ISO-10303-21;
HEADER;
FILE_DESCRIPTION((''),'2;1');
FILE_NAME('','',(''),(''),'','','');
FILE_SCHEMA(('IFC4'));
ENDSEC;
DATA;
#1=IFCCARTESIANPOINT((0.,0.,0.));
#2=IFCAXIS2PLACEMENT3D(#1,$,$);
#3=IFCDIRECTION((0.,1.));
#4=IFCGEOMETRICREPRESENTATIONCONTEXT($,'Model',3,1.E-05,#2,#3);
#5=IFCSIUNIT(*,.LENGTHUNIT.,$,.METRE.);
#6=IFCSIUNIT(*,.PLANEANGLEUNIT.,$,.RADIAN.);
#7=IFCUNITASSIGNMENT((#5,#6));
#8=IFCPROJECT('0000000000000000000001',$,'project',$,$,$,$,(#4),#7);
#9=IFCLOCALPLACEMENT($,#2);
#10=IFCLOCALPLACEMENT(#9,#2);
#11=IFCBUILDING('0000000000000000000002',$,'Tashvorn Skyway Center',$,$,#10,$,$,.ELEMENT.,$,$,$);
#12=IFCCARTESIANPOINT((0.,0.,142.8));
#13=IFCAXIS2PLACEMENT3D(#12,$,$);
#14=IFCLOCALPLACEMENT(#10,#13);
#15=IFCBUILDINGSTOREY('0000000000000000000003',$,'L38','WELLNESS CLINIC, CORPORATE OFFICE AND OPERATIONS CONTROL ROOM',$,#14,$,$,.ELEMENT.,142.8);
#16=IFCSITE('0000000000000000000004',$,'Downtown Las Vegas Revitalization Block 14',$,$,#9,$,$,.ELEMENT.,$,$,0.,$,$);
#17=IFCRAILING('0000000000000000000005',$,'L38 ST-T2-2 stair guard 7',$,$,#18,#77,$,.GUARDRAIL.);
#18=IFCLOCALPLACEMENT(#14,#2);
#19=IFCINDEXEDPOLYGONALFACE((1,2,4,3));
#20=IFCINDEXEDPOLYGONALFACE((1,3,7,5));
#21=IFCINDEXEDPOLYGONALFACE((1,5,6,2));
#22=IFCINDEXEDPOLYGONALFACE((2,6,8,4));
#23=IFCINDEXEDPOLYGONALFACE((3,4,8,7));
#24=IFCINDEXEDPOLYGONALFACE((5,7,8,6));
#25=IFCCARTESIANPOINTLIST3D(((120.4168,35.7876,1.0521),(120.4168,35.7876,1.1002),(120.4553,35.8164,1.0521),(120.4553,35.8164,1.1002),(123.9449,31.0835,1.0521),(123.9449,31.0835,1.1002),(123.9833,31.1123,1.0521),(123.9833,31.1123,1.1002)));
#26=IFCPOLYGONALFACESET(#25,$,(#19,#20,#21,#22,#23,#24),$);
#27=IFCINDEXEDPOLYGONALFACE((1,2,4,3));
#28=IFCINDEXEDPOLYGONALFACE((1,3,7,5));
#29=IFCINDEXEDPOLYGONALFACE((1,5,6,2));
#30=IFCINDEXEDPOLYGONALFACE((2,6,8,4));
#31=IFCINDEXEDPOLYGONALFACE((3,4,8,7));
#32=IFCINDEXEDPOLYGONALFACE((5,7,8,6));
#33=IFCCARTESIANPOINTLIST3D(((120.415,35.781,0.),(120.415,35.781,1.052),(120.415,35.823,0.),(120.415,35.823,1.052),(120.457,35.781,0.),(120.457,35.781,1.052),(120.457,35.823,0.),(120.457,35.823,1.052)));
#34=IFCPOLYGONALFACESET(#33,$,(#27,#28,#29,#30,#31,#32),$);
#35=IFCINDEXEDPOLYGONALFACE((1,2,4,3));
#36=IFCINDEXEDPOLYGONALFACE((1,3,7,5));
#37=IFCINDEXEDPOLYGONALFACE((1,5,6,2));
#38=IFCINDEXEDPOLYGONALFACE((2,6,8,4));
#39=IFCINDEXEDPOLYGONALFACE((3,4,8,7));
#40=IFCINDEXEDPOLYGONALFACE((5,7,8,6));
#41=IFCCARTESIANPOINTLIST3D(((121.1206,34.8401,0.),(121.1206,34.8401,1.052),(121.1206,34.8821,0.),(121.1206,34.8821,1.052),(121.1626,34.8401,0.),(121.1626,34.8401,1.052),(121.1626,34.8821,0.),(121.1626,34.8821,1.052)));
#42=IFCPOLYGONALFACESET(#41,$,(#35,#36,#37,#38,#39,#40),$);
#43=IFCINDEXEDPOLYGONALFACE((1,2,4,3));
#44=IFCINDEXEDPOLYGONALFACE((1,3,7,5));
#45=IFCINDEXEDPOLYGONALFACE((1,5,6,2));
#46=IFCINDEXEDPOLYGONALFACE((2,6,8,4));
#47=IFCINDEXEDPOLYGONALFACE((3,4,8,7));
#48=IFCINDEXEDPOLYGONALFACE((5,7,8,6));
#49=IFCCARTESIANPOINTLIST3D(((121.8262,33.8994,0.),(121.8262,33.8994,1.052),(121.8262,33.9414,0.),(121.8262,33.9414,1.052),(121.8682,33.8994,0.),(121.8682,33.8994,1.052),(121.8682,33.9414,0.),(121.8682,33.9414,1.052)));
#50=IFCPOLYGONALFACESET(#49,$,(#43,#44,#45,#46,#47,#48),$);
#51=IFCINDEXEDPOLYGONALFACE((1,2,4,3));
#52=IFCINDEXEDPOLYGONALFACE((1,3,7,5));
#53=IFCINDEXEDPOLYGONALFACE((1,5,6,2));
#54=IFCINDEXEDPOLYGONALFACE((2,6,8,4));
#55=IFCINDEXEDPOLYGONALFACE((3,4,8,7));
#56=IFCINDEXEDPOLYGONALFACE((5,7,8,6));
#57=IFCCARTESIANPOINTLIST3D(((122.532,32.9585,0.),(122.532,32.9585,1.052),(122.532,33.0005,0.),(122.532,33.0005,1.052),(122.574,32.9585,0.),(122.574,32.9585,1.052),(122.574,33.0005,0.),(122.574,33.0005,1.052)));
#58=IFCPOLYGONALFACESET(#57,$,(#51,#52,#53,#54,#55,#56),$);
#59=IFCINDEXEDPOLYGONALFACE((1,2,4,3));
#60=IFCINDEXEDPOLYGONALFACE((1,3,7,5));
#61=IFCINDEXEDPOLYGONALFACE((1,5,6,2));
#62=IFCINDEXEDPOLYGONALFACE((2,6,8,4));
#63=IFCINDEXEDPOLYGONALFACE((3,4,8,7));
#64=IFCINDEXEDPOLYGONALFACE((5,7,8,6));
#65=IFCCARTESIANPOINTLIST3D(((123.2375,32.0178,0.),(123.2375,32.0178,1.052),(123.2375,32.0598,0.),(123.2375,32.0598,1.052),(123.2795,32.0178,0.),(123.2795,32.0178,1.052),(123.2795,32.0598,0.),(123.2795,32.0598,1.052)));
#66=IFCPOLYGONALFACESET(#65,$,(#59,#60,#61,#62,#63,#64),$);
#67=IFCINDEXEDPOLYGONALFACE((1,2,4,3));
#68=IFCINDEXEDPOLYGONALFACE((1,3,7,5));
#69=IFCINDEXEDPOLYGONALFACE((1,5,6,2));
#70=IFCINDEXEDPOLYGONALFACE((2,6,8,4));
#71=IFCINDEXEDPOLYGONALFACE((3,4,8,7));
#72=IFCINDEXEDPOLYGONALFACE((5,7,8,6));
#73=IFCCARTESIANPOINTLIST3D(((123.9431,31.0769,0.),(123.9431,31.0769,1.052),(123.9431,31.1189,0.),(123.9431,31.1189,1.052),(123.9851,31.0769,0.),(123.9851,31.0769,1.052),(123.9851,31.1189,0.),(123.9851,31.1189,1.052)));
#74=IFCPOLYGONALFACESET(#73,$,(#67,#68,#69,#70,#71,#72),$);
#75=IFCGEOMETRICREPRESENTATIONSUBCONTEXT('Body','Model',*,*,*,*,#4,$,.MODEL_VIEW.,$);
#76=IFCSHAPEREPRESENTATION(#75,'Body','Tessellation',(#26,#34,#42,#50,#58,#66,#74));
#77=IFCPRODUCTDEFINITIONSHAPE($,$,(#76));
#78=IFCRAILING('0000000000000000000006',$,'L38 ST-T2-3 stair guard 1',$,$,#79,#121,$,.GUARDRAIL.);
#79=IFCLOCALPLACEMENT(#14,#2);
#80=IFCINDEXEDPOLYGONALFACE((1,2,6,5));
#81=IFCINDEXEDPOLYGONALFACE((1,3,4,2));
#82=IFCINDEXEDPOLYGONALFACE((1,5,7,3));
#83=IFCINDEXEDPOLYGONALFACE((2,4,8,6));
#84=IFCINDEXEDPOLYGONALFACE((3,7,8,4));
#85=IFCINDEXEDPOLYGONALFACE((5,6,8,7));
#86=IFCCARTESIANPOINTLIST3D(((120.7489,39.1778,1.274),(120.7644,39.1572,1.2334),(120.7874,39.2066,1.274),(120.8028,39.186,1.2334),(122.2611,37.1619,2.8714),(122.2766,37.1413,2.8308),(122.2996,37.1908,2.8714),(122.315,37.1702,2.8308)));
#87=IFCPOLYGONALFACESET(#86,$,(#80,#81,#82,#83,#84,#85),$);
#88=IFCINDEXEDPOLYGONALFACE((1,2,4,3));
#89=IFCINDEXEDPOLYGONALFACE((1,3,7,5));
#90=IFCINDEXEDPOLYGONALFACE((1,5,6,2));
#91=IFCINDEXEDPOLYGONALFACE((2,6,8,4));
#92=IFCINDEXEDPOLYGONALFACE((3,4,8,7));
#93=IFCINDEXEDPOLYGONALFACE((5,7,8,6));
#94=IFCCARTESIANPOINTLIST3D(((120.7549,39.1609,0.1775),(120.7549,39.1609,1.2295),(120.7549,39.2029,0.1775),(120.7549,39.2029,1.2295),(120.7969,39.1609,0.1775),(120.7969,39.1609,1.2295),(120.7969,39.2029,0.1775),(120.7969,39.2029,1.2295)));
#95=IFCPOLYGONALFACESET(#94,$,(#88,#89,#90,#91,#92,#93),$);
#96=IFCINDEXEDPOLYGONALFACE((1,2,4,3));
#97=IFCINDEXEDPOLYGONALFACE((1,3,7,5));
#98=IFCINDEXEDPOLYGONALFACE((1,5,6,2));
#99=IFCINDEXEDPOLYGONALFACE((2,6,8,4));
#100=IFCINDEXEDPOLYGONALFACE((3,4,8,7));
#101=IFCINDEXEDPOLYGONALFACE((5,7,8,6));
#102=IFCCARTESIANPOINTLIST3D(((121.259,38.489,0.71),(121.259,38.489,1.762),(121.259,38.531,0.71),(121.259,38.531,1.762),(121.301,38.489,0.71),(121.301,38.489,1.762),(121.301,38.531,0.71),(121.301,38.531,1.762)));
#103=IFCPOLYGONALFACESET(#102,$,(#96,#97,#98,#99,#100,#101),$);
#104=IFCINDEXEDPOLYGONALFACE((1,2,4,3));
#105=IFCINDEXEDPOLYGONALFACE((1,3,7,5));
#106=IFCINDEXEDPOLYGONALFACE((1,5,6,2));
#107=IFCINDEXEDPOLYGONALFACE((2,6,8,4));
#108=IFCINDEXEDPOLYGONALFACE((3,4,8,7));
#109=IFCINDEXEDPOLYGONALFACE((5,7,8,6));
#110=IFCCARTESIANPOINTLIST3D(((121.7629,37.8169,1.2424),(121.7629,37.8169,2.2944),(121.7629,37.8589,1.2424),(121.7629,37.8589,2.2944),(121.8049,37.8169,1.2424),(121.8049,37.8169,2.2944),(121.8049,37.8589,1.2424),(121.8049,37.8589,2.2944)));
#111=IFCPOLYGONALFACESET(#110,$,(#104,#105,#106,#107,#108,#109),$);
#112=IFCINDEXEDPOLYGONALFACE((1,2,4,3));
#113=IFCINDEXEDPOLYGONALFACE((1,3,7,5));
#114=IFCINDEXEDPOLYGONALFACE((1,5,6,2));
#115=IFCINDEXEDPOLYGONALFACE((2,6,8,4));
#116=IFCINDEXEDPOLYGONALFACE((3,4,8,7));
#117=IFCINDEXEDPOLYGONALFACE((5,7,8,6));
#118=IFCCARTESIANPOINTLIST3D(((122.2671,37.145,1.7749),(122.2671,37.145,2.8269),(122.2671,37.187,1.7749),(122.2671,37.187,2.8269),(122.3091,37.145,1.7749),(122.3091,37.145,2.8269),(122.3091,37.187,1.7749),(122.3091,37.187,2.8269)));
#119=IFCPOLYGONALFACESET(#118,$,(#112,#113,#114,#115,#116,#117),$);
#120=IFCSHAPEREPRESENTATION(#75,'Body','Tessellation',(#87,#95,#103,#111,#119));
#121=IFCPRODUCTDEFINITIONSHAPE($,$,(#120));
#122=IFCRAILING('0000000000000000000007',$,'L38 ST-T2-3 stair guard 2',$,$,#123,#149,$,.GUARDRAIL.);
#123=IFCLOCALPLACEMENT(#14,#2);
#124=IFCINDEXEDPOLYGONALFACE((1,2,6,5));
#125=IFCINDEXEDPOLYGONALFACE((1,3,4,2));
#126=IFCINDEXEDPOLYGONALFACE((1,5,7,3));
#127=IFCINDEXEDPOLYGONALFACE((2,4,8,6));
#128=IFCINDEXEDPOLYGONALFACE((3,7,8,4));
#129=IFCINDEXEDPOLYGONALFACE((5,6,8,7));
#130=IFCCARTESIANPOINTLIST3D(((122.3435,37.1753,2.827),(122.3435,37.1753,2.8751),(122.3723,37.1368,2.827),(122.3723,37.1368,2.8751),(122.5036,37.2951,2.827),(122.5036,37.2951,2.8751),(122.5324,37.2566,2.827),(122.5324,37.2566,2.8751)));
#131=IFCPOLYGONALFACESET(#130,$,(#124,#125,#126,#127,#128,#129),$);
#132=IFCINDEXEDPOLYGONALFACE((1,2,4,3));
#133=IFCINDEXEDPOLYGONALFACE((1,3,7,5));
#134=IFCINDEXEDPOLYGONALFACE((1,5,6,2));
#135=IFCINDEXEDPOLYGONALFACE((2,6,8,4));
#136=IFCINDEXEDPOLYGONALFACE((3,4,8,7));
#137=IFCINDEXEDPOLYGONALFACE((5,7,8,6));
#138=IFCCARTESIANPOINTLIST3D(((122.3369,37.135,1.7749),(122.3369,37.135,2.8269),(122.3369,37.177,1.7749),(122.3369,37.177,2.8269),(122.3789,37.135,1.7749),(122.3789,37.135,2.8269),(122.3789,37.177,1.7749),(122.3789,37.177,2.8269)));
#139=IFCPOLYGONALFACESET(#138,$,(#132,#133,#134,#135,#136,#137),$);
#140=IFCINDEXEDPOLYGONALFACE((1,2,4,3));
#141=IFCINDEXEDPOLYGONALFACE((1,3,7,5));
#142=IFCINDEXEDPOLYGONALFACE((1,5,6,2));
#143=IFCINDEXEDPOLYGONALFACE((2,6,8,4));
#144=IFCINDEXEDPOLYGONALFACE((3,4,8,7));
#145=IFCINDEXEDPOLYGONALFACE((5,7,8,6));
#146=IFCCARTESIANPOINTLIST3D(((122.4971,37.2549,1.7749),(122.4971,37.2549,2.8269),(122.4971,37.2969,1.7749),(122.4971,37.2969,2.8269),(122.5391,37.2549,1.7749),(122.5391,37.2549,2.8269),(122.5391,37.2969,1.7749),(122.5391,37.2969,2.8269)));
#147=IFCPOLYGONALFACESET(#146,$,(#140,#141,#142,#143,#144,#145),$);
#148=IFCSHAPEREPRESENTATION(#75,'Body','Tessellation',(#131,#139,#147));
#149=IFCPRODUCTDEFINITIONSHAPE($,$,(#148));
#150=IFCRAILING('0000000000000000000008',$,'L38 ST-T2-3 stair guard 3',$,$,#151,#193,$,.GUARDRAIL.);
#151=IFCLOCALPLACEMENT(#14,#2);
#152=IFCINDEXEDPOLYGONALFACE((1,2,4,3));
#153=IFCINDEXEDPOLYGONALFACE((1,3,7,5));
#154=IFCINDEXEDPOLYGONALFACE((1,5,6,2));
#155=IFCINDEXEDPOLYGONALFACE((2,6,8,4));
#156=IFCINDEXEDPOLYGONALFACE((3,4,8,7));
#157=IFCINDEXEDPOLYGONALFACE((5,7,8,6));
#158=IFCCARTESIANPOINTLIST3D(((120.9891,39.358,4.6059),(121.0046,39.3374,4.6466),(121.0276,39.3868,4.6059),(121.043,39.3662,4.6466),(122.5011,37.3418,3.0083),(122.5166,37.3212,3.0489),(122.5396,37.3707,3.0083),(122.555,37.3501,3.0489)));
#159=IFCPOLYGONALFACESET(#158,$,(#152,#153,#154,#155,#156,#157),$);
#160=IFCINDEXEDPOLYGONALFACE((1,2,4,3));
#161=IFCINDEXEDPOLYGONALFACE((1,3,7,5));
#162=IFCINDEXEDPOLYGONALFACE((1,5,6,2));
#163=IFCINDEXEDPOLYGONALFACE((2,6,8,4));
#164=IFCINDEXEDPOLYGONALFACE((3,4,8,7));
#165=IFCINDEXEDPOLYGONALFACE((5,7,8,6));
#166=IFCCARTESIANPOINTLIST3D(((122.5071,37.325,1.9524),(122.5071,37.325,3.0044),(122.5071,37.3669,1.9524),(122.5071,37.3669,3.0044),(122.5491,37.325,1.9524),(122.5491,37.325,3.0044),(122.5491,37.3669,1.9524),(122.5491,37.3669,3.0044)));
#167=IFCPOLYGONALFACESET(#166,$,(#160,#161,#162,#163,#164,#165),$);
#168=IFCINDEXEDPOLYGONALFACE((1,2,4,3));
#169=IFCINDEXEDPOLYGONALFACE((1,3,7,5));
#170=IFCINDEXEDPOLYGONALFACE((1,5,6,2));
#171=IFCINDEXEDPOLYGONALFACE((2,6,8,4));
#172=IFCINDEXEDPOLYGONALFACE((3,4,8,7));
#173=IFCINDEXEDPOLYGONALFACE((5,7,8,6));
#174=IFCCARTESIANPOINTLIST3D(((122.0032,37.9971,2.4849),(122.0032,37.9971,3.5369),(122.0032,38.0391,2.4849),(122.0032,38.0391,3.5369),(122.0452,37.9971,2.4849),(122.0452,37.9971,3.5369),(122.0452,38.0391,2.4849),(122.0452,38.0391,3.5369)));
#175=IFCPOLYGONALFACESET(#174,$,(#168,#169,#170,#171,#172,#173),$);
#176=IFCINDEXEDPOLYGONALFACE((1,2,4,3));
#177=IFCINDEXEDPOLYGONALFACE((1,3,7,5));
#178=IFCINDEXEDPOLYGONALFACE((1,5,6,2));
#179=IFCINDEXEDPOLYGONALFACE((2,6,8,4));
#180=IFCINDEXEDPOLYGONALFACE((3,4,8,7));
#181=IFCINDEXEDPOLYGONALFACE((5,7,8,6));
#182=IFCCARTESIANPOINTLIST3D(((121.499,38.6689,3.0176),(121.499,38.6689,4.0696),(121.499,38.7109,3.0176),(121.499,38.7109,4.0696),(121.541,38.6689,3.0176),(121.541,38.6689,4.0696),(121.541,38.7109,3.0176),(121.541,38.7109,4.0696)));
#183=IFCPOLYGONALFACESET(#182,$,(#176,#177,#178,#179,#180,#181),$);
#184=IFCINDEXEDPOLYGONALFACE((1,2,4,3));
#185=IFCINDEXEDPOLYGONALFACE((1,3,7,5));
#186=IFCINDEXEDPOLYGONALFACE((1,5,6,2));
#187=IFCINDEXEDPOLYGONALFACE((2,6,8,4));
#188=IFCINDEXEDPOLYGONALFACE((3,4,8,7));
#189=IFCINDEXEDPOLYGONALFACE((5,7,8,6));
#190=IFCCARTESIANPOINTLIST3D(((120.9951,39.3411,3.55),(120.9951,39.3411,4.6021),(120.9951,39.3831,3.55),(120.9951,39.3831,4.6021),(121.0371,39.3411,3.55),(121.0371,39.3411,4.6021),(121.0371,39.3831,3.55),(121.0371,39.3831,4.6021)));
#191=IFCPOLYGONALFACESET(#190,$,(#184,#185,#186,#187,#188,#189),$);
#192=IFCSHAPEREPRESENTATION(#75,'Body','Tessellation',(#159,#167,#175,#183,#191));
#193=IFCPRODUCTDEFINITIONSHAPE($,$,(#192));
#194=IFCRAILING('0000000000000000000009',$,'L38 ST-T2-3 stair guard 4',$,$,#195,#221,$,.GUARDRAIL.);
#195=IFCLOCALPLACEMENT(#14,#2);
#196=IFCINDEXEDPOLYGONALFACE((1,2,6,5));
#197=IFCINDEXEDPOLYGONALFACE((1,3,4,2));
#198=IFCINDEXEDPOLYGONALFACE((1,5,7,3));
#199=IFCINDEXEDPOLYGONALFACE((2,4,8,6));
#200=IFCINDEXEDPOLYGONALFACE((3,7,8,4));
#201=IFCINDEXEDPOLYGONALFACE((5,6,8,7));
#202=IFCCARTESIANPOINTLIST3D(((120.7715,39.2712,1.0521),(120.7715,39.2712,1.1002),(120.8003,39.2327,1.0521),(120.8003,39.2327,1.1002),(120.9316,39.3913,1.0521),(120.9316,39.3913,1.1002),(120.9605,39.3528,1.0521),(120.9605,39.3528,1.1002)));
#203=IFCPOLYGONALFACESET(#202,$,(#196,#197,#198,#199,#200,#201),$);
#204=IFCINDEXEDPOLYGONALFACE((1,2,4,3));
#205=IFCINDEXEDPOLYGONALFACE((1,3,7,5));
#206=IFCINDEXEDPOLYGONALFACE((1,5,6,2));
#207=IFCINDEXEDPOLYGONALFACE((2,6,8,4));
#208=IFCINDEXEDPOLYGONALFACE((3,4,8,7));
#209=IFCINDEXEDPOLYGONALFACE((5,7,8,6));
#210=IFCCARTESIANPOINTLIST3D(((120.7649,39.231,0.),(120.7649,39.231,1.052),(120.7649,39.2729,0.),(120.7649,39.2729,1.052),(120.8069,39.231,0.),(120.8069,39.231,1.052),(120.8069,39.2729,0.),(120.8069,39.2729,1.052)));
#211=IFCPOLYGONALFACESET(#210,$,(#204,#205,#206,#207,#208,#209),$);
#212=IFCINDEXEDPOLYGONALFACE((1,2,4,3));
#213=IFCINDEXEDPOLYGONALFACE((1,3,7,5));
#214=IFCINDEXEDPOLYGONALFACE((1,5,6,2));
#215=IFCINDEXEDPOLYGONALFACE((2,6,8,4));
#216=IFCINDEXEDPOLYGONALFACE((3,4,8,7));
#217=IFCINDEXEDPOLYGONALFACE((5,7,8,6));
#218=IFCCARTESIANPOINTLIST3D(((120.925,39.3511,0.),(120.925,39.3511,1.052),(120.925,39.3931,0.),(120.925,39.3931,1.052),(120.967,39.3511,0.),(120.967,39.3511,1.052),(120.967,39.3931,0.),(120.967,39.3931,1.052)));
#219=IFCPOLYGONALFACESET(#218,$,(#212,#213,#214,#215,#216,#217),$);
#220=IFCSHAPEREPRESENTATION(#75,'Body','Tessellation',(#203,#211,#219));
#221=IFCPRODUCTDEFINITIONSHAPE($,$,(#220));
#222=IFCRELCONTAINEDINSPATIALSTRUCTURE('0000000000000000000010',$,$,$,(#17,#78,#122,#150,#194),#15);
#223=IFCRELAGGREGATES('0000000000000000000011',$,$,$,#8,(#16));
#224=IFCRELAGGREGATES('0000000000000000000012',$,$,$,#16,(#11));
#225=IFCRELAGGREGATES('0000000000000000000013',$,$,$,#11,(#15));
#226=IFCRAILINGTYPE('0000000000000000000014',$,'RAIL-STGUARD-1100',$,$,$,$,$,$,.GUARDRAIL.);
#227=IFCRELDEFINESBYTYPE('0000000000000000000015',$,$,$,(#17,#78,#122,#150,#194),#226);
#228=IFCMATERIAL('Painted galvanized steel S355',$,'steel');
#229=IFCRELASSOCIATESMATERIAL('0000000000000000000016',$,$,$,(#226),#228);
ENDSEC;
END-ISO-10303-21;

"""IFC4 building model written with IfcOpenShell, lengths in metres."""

from ifc_helpers import new_model, si_unit, direction, frame, origin, origin_2d, place, context, subcontext, project, spatial, rectangle, extrude, material, type_object, element, save


model = new_model("IFC4")

# Units and contexts
model_context = context("Model", 3, precision=1e-05, world=origin(), true_north=direction((0.0, 1.0)))
body_context = subcontext(model_context, "Body", "Model", "MODEL_VIEW")
ifc_project = project(units=[si_unit("LENGTHUNIT", "METRE"), si_unit("PLANEANGLEUNIT", "RADIAN")], contexts=[model_context])

# Site, building, storey
site_placement = place(None, origin())
site = spatial("IfcSite", under=ifc_project, at=site_placement, Name="Downtown Las Vegas Revitalization Block 14", CompositionType="ELEMENT", RefElevation=0.0)
building_placement = place(site_placement, origin())
building = spatial("IfcBuilding", under=site, at=building_placement, Name="Tashvorn Skyway Center", CompositionType="ELEMENT")
storey_placement = place(building_placement, frame((0.0, 0.0, 142.8)))
storey = spatial("IfcBuildingStorey", under=building, at=storey_placement, Name="L38", Description="WELLNESS CLINIC, CORPORATE OFFICE AND OPERATIONS CONTROL ROOM", CompositionType="ELEMENT", Elevation=142.8)

# Railings
ifc_material_1 = material(Name="Painted galvanized steel S355", Category="steel")
railing_type_1 = type_object("IfcRailingType", Name="RAIL-STGUARD-1100", PredefinedType="GUARDRAIL", material=ifc_material_1)
railing_1_placement = place(storey_placement, frame((120.436, 35.802, 0.0)))
element("IfcRailing", 1, at=railing_1_placement, inside=storey, type_object=railing_type_1, Name="L38 ST-T2-2 stair guard 7", PredefinedType="GUARDRAIL", context=body_context, shape_type="SweptSolid", body=[
    extrude(rectangle(XDim=0.0481, YDim=0.0481, at=origin_2d()), frame((0.0, 0.0, 1.0762), z_axis=(0.6, -0.8, 0.0), x_axis=(0.8, 0.6, 0.0)), (0.0, 0.0, 1.0), 5.8801),
    extrude(rectangle(XDim=0.042, YDim=0.042, at=origin_2d()), origin(), (0.0, 0.0, 1.0), 1.052),
    extrude(rectangle(XDim=0.042, YDim=0.042, at=origin_2d()), frame((0.7056, -0.9409, 0.0)), (0.0, 0.0, 1.0), 1.052),
    extrude(rectangle(XDim=0.042, YDim=0.042, at=origin_2d()), frame((1.4111, -1.8816, 0.0)), (0.0, 0.0, 1.0), 1.052),
    extrude(rectangle(XDim=0.042, YDim=0.042, at=origin_2d()), frame((2.1169, -2.8225, 0.0)), (0.0, 0.0, 1.0), 1.052),
    extrude(rectangle(XDim=0.042, YDim=0.042, at=origin_2d()), frame((2.8225, -3.7632, 0.0)), (0.0, 0.0, 1.0), 1.052),
    extrude(rectangle(XDim=0.042, YDim=0.042, at=origin_2d()), frame((3.5281, -4.7041, 0.0)), (0.0, 0.0, 1.0), 1.052),
])
railing_2_placement = place(storey_placement, frame((120.7759, 39.1819, 0.1775)))
element("IfcRailing", 2, at=railing_2_placement, inside=storey, type_object=railing_type_1, Name="L38 ST-T2-3 stair guard 1", PredefinedType="GUARDRAIL", context=body_context, shape_type="SweptSolid", body=[
    extrude(rectangle(XDim=0.0481, YDim=0.0481, at=origin_2d()), frame((0.0, 0.0, 1.0762), z_axis=(0.50683, -0.675636, 0.535387), x_axis=(0.799942, 0.600078, 0.0)), (0.0, 0.0, 1.0), 2.9836),
    extrude(rectangle(XDim=0.042, YDim=0.042, at=origin_2d()), origin(), (0.0, 0.0, 1.0), 1.052),
    extrude(rectangle(XDim=0.042, YDim=0.042, at=origin_2d()), frame((0.5042, -0.6719, 0.5325)), (0.0, 0.0, 1.0), 1.052),
    extrude(rectangle(XDim=0.042, YDim=0.042, at=origin_2d()), frame((1.0081, -1.344, 1.0649)), (0.0, 0.0, 1.0), 1.052),
    extrude(rectangle(XDim=0.042, YDim=0.042, at=origin_2d()), frame((1.5122, -2.0159, 1.5974)), (0.0, 0.0, 1.0), 1.052),
])
railing_3_placement = place(storey_placement, frame((122.3579, 37.156, 1.7749)))
element("IfcRailing", 3, at=railing_3_placement, inside=storey, type_object=railing_type_1, Name="L38 ST-T2-3 stair guard 2", PredefinedType="GUARDRAIL", context=body_context, shape_type="SweptSolid", body=[
    extrude(rectangle(XDim=0.0481, YDim=0.0481, at=origin_2d()), frame((0.0, 0.0, 1.0762), z_axis=(0.800585, 0.599219, 0.0), x_axis=(-0.599219, 0.800585, 0.0)), (0.0, 0.0, 1.0), 0.2),
    extrude(rectangle(XDim=0.042, YDim=0.042, at=origin_2d()), origin(), (0.0, 0.0, 1.0), 1.052),
    extrude(rectangle(XDim=0.042, YDim=0.042, at=origin_2d()), frame((0.1602, 0.1199, 0.0)), (0.0, 0.0, 1.0), 1.052),
])
railing_4_placement = place(storey_placement, frame((122.5281, 37.3459, 1.9524)))
element("IfcRailing", 4, at=railing_4_placement, inside=storey, type_object=railing_type_1, Name="L38 ST-T2-3 stair guard 3", PredefinedType="GUARDRAIL", context=body_context, shape_type="SweptSolid", body=[
    extrude(rectangle(XDim=0.0481, YDim=0.0481, at=origin_2d()), frame((0.0, 0.0, 1.0762), z_axis=(-0.506719, 0.675679, 0.535438), x_axis=(-0.800023, -0.599969, 0.0)), (0.0, 0.0, 1.0), 2.9839),
    extrude(rectangle(XDim=0.042, YDim=0.042, at=origin_2d()), origin(), (0.0, 0.0, 1.0), 1.052),
    extrude(rectangle(XDim=0.042, YDim=0.042, at=origin_2d()), frame((-0.5039, 0.6721, 0.5325)), (0.0, 0.0, 1.0), 1.052),
    extrude(rectangle(XDim=0.042, YDim=0.042, at=origin_2d()), frame((-1.0081, 1.344, 1.0652)), (0.0, 0.0, 1.0), 1.052),
    extrude(rectangle(XDim=0.042, YDim=0.042, at=origin_2d()), frame((-1.512, 2.0161, 1.5977)), (0.0, 0.0, 1.0), 1.052),
])
railing_5_placement = place(storey_placement, frame((120.7859, 39.252, 0.0)))
element("IfcRailing", 5, at=railing_5_placement, inside=storey, type_object=railing_type_1, Name="L38 ST-T2-3 stair guard 4", PredefinedType="GUARDRAIL", context=body_context, shape_type="SweptSolid", body=[
    extrude(rectangle(XDim=0.0481, YDim=0.0481, at=origin_2d()), frame((0.0, 0.0, 1.0762), z_axis=(0.8, 0.6, 0.0), x_axis=(-0.6, 0.8, 0.0)), (0.0, 0.0, 1.0), 0.2002),
    extrude(rectangle(XDim=0.042, YDim=0.042, at=origin_2d()), origin(), (0.0, 0.0, 1.0), 1.052),
    extrude(rectangle(XDim=0.042, YDim=0.042, at=origin_2d()), frame((0.1602, 0.1201, 0.0)), (0.0, 0.0, 1.0), 1.052),
])

save(model, "model.ifc")
